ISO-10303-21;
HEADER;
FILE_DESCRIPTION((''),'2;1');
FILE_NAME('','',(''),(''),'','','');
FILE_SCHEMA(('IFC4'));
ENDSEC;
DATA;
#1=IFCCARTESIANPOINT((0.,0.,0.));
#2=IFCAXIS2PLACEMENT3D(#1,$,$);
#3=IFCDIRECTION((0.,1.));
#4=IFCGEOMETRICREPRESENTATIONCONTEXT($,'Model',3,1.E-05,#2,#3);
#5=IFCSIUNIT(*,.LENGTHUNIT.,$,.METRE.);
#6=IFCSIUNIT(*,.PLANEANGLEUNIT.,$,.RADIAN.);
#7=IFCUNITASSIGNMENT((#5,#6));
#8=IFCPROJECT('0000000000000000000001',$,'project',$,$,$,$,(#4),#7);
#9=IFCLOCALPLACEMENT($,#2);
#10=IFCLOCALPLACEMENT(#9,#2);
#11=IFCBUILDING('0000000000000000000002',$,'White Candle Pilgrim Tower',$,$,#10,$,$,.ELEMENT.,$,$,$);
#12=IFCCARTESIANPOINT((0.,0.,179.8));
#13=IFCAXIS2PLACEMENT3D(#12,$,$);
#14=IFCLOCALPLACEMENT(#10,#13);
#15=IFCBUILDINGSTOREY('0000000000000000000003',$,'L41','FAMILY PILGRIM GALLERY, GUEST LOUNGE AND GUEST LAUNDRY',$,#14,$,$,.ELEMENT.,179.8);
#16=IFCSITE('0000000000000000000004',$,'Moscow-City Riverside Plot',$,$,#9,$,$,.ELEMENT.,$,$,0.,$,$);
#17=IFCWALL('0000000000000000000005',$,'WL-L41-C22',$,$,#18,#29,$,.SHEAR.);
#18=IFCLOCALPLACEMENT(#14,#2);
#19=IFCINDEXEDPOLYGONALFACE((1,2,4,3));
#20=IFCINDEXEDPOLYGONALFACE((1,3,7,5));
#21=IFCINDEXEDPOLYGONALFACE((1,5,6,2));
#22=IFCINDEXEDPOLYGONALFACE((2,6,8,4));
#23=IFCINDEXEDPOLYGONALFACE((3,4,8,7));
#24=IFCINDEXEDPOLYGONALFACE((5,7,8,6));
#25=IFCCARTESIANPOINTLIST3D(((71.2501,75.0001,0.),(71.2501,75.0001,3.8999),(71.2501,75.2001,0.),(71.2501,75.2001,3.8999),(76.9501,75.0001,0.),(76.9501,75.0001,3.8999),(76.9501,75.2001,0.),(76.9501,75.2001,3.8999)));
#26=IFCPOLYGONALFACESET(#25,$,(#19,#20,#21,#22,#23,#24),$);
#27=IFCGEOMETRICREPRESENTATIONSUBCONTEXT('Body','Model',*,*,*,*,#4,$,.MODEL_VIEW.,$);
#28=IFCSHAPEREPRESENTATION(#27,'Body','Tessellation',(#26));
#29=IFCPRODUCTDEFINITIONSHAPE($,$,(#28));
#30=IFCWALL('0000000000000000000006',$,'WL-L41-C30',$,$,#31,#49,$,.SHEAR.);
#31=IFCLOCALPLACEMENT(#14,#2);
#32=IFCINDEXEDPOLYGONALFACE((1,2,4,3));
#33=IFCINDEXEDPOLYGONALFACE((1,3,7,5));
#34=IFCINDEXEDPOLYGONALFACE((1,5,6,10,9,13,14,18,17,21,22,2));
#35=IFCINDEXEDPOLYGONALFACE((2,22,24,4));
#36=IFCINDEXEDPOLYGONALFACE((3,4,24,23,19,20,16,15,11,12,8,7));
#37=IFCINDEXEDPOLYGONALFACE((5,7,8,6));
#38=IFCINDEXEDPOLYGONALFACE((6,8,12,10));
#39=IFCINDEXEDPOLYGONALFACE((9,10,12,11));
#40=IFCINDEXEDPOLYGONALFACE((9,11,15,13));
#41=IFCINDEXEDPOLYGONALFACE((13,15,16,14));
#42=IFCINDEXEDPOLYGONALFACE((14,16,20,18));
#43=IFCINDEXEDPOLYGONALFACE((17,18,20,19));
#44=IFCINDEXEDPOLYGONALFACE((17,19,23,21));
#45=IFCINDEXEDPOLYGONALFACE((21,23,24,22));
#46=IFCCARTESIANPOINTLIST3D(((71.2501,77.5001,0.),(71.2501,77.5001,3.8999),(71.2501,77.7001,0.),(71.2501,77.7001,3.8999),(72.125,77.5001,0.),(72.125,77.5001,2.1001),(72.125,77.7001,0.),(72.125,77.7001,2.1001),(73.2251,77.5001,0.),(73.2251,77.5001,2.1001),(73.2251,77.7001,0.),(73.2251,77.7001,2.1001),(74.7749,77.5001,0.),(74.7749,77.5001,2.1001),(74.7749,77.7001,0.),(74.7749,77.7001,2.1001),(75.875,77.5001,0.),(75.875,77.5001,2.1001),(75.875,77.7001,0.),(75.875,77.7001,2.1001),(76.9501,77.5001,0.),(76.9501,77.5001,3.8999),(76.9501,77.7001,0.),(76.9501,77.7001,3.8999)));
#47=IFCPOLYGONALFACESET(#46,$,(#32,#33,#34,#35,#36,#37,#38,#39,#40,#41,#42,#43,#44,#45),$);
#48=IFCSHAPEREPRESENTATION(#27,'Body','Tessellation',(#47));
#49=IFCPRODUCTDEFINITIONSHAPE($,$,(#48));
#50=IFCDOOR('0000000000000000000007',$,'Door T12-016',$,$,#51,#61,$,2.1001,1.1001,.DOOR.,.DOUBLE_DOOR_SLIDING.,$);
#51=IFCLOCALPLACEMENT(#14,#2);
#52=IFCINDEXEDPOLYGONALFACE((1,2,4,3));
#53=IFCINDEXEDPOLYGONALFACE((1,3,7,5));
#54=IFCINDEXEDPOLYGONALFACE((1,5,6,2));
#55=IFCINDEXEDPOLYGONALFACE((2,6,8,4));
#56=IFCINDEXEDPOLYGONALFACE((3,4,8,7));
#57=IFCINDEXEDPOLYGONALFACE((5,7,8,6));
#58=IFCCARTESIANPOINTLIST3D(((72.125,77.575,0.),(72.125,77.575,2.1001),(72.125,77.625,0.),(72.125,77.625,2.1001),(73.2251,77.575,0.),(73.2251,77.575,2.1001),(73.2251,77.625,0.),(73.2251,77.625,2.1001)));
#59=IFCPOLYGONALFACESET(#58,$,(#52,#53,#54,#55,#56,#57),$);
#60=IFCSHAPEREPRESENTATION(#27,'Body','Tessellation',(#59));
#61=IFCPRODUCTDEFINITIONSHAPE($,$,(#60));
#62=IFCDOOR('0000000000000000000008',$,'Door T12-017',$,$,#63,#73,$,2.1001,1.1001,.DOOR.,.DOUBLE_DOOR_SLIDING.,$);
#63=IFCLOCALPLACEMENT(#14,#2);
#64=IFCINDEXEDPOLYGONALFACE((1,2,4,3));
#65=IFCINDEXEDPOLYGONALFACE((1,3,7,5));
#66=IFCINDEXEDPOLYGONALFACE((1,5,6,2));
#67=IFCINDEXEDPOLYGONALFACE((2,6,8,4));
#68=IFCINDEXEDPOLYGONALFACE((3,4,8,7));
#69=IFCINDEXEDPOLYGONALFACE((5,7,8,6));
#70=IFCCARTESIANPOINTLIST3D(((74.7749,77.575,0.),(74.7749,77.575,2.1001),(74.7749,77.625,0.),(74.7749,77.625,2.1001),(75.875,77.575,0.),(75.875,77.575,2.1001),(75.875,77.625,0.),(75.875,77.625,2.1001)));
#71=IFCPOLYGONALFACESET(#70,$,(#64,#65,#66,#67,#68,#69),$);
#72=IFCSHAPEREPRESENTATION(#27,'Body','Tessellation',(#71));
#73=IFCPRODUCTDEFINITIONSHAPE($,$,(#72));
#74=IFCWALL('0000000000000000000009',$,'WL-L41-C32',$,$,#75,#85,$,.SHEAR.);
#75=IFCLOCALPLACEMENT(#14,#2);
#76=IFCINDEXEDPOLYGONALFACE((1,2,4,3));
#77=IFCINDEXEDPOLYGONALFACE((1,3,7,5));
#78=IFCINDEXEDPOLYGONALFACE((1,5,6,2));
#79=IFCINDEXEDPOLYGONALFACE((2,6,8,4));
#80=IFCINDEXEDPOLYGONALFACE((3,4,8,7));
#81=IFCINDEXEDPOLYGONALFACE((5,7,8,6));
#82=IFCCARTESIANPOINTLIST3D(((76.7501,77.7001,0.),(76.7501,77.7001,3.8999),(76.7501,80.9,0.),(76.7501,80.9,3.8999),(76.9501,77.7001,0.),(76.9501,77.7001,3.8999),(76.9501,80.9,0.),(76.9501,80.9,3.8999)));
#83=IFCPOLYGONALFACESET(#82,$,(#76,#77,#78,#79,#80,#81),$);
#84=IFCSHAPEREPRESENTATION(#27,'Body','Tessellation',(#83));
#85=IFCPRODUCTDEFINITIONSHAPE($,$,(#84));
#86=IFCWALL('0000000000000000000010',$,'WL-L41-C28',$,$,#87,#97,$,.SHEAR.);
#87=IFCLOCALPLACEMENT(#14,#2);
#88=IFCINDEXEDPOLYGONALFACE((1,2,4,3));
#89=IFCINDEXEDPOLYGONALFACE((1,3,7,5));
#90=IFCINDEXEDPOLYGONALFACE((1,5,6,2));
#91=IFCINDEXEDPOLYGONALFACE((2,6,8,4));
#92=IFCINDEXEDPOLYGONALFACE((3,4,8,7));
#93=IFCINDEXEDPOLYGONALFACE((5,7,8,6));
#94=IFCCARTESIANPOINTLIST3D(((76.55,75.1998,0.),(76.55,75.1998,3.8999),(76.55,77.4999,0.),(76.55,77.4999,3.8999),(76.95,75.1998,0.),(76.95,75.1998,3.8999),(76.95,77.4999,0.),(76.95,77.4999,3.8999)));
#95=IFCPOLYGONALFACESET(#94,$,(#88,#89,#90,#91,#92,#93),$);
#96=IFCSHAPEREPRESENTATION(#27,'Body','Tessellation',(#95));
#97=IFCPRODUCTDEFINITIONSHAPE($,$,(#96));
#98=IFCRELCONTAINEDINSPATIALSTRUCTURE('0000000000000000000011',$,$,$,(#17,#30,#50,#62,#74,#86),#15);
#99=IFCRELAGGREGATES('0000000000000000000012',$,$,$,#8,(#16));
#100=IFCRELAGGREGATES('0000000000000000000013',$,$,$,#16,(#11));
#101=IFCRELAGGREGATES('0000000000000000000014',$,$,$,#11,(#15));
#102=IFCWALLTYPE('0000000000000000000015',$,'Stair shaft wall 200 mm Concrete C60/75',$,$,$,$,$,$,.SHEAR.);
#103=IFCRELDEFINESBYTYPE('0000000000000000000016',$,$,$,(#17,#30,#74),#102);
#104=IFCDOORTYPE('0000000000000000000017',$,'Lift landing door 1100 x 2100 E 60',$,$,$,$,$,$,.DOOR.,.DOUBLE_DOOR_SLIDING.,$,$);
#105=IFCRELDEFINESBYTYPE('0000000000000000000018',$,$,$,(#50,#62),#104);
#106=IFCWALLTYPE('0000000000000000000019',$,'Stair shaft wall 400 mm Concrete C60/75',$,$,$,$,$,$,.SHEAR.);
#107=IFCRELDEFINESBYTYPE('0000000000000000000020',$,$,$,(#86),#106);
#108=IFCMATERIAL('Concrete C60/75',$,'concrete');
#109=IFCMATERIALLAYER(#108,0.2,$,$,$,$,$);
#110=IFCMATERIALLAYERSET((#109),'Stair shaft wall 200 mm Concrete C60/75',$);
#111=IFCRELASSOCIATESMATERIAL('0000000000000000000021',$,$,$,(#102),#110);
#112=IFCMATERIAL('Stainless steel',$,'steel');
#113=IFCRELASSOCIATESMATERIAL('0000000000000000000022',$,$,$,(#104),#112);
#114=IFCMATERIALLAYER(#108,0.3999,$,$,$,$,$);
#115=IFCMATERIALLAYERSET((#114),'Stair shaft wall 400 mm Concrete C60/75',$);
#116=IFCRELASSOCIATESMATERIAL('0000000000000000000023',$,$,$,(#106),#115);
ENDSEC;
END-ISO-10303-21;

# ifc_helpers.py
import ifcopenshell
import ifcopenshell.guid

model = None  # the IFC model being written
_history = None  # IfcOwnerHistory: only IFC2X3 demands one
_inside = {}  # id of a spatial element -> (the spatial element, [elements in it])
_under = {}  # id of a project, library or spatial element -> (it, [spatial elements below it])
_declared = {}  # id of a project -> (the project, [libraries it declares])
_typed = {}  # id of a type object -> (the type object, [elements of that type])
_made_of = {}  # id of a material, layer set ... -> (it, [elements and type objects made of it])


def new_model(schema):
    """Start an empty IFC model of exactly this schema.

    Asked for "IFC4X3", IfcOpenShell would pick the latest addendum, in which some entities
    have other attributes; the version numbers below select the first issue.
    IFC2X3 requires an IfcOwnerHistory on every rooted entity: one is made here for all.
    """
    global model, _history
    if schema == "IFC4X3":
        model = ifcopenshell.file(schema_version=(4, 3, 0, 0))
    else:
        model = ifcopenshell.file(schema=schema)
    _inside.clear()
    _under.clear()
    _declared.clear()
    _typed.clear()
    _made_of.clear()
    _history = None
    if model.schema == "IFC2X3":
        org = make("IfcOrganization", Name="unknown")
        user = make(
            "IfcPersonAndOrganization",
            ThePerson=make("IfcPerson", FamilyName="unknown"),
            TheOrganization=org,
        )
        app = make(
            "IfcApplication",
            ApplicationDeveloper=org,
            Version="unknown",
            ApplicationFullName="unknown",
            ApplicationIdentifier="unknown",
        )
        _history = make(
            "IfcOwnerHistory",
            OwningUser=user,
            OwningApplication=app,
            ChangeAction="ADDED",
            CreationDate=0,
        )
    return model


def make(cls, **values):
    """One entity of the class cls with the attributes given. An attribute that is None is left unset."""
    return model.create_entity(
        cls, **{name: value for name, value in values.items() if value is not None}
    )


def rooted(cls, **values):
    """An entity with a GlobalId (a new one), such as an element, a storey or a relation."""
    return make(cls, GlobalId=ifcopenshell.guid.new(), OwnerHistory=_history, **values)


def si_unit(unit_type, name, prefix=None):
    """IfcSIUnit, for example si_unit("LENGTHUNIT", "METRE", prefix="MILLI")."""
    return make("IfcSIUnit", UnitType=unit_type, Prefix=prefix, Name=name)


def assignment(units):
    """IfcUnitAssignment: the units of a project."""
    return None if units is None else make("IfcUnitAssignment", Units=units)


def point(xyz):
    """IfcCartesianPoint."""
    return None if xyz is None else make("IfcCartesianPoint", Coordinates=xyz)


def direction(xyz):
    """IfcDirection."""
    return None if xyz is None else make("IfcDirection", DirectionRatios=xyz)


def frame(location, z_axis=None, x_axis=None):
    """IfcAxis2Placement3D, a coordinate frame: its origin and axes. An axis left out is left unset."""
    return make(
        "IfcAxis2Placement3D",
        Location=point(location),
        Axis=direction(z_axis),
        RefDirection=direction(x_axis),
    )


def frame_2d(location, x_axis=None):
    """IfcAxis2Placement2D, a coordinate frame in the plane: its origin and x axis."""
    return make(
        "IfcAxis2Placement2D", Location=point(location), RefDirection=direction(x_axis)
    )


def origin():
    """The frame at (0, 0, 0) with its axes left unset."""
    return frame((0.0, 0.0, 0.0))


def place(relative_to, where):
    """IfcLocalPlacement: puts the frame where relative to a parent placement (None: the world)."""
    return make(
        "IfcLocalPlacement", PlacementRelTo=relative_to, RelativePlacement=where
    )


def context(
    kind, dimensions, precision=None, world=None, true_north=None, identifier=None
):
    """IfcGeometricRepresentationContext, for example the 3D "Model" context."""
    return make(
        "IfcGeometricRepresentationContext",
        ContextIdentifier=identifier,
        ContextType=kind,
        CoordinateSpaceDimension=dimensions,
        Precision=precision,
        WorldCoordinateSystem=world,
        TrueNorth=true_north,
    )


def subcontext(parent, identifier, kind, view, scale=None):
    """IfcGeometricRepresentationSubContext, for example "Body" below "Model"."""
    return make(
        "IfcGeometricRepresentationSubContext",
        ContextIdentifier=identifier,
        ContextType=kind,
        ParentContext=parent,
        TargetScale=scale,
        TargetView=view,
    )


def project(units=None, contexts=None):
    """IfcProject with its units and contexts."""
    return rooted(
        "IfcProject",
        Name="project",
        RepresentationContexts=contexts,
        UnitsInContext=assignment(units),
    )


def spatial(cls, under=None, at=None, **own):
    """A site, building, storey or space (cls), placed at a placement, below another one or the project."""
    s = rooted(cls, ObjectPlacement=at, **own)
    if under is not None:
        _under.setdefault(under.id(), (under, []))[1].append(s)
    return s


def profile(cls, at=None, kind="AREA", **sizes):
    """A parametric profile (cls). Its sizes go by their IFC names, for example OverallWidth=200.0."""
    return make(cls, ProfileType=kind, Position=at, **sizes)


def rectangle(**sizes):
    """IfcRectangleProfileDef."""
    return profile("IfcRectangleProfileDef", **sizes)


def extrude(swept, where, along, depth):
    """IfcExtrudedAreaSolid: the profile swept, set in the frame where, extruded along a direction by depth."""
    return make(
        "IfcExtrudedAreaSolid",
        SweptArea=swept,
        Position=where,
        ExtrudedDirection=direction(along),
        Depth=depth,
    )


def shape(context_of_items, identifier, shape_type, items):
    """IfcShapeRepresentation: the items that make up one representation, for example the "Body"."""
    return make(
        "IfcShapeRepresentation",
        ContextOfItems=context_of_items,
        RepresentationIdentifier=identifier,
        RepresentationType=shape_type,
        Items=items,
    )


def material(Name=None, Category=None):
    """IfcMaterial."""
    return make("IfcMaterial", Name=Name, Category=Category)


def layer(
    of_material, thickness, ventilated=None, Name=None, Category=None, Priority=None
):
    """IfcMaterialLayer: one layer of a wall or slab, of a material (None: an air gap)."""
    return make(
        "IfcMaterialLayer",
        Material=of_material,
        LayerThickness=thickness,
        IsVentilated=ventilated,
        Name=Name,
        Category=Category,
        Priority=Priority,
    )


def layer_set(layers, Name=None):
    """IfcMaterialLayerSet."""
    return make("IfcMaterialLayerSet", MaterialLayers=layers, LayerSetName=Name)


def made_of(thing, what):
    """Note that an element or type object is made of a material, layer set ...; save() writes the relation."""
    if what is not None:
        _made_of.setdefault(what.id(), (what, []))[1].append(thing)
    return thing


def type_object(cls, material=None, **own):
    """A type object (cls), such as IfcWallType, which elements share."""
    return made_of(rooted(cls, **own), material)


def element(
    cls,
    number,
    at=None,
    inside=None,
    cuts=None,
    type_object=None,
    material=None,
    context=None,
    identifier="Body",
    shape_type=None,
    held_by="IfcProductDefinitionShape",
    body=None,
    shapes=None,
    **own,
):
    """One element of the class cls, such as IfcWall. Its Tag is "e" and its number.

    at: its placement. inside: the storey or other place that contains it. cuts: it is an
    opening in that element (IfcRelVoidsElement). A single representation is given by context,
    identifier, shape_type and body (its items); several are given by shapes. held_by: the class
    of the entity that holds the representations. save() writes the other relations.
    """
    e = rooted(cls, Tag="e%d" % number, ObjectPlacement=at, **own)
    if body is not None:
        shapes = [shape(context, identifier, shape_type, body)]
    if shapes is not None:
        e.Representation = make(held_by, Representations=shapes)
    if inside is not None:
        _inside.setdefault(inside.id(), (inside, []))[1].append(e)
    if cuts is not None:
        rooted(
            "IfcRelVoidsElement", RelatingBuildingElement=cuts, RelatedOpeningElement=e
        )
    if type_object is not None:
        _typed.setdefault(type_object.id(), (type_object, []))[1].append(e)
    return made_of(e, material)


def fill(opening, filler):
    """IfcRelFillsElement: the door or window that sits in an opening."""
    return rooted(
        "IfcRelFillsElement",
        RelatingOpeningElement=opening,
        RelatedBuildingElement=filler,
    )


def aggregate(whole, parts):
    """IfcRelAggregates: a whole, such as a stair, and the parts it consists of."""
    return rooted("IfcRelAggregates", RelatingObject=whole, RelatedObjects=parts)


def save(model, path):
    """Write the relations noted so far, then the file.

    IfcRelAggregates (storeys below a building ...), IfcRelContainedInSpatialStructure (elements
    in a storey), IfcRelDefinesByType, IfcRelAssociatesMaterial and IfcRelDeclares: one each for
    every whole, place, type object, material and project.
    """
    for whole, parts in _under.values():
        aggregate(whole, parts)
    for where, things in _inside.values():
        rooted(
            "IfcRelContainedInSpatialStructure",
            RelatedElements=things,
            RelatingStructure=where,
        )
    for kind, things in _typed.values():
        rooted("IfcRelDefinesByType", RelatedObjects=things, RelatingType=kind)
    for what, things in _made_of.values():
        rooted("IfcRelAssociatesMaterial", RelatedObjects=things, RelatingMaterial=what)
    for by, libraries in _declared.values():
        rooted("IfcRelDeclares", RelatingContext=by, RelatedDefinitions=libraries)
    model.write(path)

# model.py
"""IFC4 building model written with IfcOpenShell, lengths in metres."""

from ifc_helpers import new_model, si_unit, direction, frame, frame_2d, origin, place, context, subcontext, project, spatial, rectangle, extrude, material, layer, layer_set, type_object, element, fill, save


model = new_model("IFC4")

# Units and contexts
model_context = context("Model", 3, precision=1e-05, world=origin(), true_north=direction((0.0, 1.0)))
body_context = subcontext(model_context, "Body", "Model", "MODEL_VIEW")
ifc_project = project(units=[si_unit("LENGTHUNIT", "METRE"), si_unit("PLANEANGLEUNIT", "RADIAN")], contexts=[model_context])

# Site, building, storey
site_placement = place(None, origin())
site = spatial("IfcSite", under=ifc_project, at=site_placement, Name="Moscow-City Riverside Plot", CompositionType="ELEMENT", RefElevation=0.0)
building_placement = place(site_placement, origin())
building = spatial("IfcBuilding", under=site, at=building_placement, Name="White Candle Pilgrim Tower", CompositionType="ELEMENT")
storey_placement = place(building_placement, frame((0.0, 0.0, 179.8)))
storey = spatial("IfcBuildingStorey", under=building, at=storey_placement, Name="L41", Description="FAMILY PILGRIM GALLERY, GUEST LOUNGE AND GUEST LAUNDRY", CompositionType="ELEMENT", Elevation=179.8)

# Wall
ifc_material_1 = material(Name="Concrete C60/75", Category="concrete")
ifc_layer_1 = layer(ifc_material_1, 0.2)
ifc_layer_set_1 = layer_set([ifc_layer_1], Name="Stair shaft wall 200 mm Concrete C60/75")
wall_type_1 = type_object("IfcWallType", Name="Stair shaft wall 200 mm Concrete C60/75", PredefinedType="SHEAR", material=ifc_layer_set_1)
wall_1_placement = place(storey_placement, frame((71.25, 75.1001, 0.0), z_axis=(0.0, 0.0, 1.0), x_axis=(1.0, 0.0, 0.0)))
element("IfcWall", 1, at=wall_1_placement, inside=storey, type_object=wall_type_1, Name="WL-L41-C22", PredefinedType="SHEAR", context=body_context, shape_type="SweptSolid", body=[
    extrude(rectangle(XDim=5.7, YDim=0.2, at=frame_2d((2.8501, 0.0))), origin(), (0.0, 0.0, 1.0), 3.8999),
])

# Wall, openings, doors
wall_2_placement = place(storey_placement, frame((71.25, 77.6001, 0.0), z_axis=(0.0, 0.0, 1.0), x_axis=(1.0, 0.0, 0.0)))
wall_2 = element("IfcWall", 2, at=wall_2_placement, inside=storey, type_object=wall_type_1, Name="WL-L41-C30", PredefinedType="SHEAR", context=body_context, shape_type="SweptSolid", body=[
    extrude(rectangle(XDim=5.7, YDim=0.2, at=frame_2d((2.8501, 0.0))), origin(), (0.0, 0.0, 1.0), 3.8999),
])
opening_1_placement = place(wall_2_placement, frame((0.875, 0.0, 0.0)))
opening_1 = element("IfcOpeningElement", 3, at=opening_1_placement, cuts=wall_2, PredefinedType="OPENING", context=body_context, shape_type="SweptSolid", body=[
    extrude(rectangle(XDim=1.1001, YDim=2.1001, at=frame_2d((0.55, 1.05))), frame((0.0, 0.1099, 0.0), z_axis=(0.0, -1.0, 0.0), x_axis=(1.0, 0.0, 0.0)), (0.0, 0.0, 1.0), 0.22),
])
opening_2_placement = place(wall_2_placement, frame((3.5249, 0.0, 0.0)))
opening_2 = element("IfcOpeningElement", 4, at=opening_2_placement, cuts=wall_2, PredefinedType="OPENING", context=body_context, shape_type="SweptSolid", body=[
    extrude(rectangle(XDim=1.1001, YDim=2.1001, at=frame_2d((0.55, 1.05))), frame((0.0, 0.1099, 0.0), z_axis=(0.0, -1.0, 0.0), x_axis=(1.0, 0.0, 0.0)), (0.0, 0.0, 1.0), 0.22),
])
ifc_material_2 = material(Name="Stainless steel", Category="steel")
door_type_1 = type_object("IfcDoorType", Name="Lift landing door 1100 x 2100 E 60", OperationType="DOUBLE_DOOR_SLIDING", PredefinedType="DOOR", material=ifc_material_2)
door_1_placement = place(opening_1_placement, origin())
door_1 = element("IfcDoor", 5, at=door_1_placement, inside=storey, type_object=door_type_1, Name="Door T12-016", OperationType="DOUBLE_DOOR_SLIDING", OverallHeight=2.1001, OverallWidth=1.1001, PredefinedType="DOOR", context=body_context, shape_type="SweptSolid", body=[
    extrude(rectangle(XDim=1.1001, YDim=2.1001, at=frame_2d((0.55, 1.05))), frame((0.0, 0.0249, 0.0), z_axis=(0.0, -1.0, 0.0), x_axis=(1.0, 0.0, 0.0)), (0.0, 0.0, 1.0), 0.05),
])
fill(opening_1, door_1)
door_2_placement = place(opening_2_placement, origin())
door_2 = element("IfcDoor", 6, at=door_2_placement, inside=storey, type_object=door_type_1, Name="Door T12-017", OperationType="DOUBLE_DOOR_SLIDING", OverallHeight=2.1001, OverallWidth=1.1001, PredefinedType="DOOR", context=body_context, shape_type="SweptSolid", body=[
    extrude(rectangle(XDim=1.1001, YDim=2.1001, at=frame_2d((0.55, 1.05))), frame((0.0, 0.0249, 0.0), z_axis=(0.0, -1.0, 0.0), x_axis=(1.0, 0.0, 0.0)), (0.0, 0.0, 1.0), 0.05),
])
fill(opening_2, door_2)

# Walls
wall_3_placement = place(storey_placement, frame((76.8501, 77.7, 0.0), z_axis=(0.0, 0.0, 1.0), x_axis=(0.0, 1.0, 0.0)))
element("IfcWall", 7, at=wall_3_placement, inside=storey, type_object=wall_type_1, Name="WL-L41-C32", PredefinedType="SHEAR", context=body_context, shape_type="SweptSolid", body=[
    extrude(rectangle(XDim=3.2, YDim=0.2, at=frame_2d((1.6001, 0.0))), origin(), (0.0, 0.0, 1.0), 3.8999),
])
ifc_layer_2 = layer(ifc_material_1, 0.3999)
ifc_layer_set_2 = layer_set([ifc_layer_2], Name="Stair shaft wall 400 mm Concrete C60/75")
wall_type_2 = type_object("IfcWallType", Name="Stair shaft wall 400 mm Concrete C60/75", PredefinedType="SHEAR", material=ifc_layer_set_2)
wall_4_placement = place(storey_placement, frame((76.75, 75.2, 0.0), z_axis=(0.0, 0.0, 1.0), x_axis=(0.0, 1.0, 0.0)))
element("IfcWall", 8, at=wall_4_placement, inside=storey, type_object=wall_type_2, Name="WL-L41-C28", PredefinedType="SHEAR", context=body_context, shape_type="SweptSolid", body=[
    extrude(rectangle(XDim=2.3, YDim=0.3999, at=frame_2d((1.1499, 0.0))), origin(), (0.0, 0.0, 1.0), 3.8999),
])

save(model, "model.ifc")
